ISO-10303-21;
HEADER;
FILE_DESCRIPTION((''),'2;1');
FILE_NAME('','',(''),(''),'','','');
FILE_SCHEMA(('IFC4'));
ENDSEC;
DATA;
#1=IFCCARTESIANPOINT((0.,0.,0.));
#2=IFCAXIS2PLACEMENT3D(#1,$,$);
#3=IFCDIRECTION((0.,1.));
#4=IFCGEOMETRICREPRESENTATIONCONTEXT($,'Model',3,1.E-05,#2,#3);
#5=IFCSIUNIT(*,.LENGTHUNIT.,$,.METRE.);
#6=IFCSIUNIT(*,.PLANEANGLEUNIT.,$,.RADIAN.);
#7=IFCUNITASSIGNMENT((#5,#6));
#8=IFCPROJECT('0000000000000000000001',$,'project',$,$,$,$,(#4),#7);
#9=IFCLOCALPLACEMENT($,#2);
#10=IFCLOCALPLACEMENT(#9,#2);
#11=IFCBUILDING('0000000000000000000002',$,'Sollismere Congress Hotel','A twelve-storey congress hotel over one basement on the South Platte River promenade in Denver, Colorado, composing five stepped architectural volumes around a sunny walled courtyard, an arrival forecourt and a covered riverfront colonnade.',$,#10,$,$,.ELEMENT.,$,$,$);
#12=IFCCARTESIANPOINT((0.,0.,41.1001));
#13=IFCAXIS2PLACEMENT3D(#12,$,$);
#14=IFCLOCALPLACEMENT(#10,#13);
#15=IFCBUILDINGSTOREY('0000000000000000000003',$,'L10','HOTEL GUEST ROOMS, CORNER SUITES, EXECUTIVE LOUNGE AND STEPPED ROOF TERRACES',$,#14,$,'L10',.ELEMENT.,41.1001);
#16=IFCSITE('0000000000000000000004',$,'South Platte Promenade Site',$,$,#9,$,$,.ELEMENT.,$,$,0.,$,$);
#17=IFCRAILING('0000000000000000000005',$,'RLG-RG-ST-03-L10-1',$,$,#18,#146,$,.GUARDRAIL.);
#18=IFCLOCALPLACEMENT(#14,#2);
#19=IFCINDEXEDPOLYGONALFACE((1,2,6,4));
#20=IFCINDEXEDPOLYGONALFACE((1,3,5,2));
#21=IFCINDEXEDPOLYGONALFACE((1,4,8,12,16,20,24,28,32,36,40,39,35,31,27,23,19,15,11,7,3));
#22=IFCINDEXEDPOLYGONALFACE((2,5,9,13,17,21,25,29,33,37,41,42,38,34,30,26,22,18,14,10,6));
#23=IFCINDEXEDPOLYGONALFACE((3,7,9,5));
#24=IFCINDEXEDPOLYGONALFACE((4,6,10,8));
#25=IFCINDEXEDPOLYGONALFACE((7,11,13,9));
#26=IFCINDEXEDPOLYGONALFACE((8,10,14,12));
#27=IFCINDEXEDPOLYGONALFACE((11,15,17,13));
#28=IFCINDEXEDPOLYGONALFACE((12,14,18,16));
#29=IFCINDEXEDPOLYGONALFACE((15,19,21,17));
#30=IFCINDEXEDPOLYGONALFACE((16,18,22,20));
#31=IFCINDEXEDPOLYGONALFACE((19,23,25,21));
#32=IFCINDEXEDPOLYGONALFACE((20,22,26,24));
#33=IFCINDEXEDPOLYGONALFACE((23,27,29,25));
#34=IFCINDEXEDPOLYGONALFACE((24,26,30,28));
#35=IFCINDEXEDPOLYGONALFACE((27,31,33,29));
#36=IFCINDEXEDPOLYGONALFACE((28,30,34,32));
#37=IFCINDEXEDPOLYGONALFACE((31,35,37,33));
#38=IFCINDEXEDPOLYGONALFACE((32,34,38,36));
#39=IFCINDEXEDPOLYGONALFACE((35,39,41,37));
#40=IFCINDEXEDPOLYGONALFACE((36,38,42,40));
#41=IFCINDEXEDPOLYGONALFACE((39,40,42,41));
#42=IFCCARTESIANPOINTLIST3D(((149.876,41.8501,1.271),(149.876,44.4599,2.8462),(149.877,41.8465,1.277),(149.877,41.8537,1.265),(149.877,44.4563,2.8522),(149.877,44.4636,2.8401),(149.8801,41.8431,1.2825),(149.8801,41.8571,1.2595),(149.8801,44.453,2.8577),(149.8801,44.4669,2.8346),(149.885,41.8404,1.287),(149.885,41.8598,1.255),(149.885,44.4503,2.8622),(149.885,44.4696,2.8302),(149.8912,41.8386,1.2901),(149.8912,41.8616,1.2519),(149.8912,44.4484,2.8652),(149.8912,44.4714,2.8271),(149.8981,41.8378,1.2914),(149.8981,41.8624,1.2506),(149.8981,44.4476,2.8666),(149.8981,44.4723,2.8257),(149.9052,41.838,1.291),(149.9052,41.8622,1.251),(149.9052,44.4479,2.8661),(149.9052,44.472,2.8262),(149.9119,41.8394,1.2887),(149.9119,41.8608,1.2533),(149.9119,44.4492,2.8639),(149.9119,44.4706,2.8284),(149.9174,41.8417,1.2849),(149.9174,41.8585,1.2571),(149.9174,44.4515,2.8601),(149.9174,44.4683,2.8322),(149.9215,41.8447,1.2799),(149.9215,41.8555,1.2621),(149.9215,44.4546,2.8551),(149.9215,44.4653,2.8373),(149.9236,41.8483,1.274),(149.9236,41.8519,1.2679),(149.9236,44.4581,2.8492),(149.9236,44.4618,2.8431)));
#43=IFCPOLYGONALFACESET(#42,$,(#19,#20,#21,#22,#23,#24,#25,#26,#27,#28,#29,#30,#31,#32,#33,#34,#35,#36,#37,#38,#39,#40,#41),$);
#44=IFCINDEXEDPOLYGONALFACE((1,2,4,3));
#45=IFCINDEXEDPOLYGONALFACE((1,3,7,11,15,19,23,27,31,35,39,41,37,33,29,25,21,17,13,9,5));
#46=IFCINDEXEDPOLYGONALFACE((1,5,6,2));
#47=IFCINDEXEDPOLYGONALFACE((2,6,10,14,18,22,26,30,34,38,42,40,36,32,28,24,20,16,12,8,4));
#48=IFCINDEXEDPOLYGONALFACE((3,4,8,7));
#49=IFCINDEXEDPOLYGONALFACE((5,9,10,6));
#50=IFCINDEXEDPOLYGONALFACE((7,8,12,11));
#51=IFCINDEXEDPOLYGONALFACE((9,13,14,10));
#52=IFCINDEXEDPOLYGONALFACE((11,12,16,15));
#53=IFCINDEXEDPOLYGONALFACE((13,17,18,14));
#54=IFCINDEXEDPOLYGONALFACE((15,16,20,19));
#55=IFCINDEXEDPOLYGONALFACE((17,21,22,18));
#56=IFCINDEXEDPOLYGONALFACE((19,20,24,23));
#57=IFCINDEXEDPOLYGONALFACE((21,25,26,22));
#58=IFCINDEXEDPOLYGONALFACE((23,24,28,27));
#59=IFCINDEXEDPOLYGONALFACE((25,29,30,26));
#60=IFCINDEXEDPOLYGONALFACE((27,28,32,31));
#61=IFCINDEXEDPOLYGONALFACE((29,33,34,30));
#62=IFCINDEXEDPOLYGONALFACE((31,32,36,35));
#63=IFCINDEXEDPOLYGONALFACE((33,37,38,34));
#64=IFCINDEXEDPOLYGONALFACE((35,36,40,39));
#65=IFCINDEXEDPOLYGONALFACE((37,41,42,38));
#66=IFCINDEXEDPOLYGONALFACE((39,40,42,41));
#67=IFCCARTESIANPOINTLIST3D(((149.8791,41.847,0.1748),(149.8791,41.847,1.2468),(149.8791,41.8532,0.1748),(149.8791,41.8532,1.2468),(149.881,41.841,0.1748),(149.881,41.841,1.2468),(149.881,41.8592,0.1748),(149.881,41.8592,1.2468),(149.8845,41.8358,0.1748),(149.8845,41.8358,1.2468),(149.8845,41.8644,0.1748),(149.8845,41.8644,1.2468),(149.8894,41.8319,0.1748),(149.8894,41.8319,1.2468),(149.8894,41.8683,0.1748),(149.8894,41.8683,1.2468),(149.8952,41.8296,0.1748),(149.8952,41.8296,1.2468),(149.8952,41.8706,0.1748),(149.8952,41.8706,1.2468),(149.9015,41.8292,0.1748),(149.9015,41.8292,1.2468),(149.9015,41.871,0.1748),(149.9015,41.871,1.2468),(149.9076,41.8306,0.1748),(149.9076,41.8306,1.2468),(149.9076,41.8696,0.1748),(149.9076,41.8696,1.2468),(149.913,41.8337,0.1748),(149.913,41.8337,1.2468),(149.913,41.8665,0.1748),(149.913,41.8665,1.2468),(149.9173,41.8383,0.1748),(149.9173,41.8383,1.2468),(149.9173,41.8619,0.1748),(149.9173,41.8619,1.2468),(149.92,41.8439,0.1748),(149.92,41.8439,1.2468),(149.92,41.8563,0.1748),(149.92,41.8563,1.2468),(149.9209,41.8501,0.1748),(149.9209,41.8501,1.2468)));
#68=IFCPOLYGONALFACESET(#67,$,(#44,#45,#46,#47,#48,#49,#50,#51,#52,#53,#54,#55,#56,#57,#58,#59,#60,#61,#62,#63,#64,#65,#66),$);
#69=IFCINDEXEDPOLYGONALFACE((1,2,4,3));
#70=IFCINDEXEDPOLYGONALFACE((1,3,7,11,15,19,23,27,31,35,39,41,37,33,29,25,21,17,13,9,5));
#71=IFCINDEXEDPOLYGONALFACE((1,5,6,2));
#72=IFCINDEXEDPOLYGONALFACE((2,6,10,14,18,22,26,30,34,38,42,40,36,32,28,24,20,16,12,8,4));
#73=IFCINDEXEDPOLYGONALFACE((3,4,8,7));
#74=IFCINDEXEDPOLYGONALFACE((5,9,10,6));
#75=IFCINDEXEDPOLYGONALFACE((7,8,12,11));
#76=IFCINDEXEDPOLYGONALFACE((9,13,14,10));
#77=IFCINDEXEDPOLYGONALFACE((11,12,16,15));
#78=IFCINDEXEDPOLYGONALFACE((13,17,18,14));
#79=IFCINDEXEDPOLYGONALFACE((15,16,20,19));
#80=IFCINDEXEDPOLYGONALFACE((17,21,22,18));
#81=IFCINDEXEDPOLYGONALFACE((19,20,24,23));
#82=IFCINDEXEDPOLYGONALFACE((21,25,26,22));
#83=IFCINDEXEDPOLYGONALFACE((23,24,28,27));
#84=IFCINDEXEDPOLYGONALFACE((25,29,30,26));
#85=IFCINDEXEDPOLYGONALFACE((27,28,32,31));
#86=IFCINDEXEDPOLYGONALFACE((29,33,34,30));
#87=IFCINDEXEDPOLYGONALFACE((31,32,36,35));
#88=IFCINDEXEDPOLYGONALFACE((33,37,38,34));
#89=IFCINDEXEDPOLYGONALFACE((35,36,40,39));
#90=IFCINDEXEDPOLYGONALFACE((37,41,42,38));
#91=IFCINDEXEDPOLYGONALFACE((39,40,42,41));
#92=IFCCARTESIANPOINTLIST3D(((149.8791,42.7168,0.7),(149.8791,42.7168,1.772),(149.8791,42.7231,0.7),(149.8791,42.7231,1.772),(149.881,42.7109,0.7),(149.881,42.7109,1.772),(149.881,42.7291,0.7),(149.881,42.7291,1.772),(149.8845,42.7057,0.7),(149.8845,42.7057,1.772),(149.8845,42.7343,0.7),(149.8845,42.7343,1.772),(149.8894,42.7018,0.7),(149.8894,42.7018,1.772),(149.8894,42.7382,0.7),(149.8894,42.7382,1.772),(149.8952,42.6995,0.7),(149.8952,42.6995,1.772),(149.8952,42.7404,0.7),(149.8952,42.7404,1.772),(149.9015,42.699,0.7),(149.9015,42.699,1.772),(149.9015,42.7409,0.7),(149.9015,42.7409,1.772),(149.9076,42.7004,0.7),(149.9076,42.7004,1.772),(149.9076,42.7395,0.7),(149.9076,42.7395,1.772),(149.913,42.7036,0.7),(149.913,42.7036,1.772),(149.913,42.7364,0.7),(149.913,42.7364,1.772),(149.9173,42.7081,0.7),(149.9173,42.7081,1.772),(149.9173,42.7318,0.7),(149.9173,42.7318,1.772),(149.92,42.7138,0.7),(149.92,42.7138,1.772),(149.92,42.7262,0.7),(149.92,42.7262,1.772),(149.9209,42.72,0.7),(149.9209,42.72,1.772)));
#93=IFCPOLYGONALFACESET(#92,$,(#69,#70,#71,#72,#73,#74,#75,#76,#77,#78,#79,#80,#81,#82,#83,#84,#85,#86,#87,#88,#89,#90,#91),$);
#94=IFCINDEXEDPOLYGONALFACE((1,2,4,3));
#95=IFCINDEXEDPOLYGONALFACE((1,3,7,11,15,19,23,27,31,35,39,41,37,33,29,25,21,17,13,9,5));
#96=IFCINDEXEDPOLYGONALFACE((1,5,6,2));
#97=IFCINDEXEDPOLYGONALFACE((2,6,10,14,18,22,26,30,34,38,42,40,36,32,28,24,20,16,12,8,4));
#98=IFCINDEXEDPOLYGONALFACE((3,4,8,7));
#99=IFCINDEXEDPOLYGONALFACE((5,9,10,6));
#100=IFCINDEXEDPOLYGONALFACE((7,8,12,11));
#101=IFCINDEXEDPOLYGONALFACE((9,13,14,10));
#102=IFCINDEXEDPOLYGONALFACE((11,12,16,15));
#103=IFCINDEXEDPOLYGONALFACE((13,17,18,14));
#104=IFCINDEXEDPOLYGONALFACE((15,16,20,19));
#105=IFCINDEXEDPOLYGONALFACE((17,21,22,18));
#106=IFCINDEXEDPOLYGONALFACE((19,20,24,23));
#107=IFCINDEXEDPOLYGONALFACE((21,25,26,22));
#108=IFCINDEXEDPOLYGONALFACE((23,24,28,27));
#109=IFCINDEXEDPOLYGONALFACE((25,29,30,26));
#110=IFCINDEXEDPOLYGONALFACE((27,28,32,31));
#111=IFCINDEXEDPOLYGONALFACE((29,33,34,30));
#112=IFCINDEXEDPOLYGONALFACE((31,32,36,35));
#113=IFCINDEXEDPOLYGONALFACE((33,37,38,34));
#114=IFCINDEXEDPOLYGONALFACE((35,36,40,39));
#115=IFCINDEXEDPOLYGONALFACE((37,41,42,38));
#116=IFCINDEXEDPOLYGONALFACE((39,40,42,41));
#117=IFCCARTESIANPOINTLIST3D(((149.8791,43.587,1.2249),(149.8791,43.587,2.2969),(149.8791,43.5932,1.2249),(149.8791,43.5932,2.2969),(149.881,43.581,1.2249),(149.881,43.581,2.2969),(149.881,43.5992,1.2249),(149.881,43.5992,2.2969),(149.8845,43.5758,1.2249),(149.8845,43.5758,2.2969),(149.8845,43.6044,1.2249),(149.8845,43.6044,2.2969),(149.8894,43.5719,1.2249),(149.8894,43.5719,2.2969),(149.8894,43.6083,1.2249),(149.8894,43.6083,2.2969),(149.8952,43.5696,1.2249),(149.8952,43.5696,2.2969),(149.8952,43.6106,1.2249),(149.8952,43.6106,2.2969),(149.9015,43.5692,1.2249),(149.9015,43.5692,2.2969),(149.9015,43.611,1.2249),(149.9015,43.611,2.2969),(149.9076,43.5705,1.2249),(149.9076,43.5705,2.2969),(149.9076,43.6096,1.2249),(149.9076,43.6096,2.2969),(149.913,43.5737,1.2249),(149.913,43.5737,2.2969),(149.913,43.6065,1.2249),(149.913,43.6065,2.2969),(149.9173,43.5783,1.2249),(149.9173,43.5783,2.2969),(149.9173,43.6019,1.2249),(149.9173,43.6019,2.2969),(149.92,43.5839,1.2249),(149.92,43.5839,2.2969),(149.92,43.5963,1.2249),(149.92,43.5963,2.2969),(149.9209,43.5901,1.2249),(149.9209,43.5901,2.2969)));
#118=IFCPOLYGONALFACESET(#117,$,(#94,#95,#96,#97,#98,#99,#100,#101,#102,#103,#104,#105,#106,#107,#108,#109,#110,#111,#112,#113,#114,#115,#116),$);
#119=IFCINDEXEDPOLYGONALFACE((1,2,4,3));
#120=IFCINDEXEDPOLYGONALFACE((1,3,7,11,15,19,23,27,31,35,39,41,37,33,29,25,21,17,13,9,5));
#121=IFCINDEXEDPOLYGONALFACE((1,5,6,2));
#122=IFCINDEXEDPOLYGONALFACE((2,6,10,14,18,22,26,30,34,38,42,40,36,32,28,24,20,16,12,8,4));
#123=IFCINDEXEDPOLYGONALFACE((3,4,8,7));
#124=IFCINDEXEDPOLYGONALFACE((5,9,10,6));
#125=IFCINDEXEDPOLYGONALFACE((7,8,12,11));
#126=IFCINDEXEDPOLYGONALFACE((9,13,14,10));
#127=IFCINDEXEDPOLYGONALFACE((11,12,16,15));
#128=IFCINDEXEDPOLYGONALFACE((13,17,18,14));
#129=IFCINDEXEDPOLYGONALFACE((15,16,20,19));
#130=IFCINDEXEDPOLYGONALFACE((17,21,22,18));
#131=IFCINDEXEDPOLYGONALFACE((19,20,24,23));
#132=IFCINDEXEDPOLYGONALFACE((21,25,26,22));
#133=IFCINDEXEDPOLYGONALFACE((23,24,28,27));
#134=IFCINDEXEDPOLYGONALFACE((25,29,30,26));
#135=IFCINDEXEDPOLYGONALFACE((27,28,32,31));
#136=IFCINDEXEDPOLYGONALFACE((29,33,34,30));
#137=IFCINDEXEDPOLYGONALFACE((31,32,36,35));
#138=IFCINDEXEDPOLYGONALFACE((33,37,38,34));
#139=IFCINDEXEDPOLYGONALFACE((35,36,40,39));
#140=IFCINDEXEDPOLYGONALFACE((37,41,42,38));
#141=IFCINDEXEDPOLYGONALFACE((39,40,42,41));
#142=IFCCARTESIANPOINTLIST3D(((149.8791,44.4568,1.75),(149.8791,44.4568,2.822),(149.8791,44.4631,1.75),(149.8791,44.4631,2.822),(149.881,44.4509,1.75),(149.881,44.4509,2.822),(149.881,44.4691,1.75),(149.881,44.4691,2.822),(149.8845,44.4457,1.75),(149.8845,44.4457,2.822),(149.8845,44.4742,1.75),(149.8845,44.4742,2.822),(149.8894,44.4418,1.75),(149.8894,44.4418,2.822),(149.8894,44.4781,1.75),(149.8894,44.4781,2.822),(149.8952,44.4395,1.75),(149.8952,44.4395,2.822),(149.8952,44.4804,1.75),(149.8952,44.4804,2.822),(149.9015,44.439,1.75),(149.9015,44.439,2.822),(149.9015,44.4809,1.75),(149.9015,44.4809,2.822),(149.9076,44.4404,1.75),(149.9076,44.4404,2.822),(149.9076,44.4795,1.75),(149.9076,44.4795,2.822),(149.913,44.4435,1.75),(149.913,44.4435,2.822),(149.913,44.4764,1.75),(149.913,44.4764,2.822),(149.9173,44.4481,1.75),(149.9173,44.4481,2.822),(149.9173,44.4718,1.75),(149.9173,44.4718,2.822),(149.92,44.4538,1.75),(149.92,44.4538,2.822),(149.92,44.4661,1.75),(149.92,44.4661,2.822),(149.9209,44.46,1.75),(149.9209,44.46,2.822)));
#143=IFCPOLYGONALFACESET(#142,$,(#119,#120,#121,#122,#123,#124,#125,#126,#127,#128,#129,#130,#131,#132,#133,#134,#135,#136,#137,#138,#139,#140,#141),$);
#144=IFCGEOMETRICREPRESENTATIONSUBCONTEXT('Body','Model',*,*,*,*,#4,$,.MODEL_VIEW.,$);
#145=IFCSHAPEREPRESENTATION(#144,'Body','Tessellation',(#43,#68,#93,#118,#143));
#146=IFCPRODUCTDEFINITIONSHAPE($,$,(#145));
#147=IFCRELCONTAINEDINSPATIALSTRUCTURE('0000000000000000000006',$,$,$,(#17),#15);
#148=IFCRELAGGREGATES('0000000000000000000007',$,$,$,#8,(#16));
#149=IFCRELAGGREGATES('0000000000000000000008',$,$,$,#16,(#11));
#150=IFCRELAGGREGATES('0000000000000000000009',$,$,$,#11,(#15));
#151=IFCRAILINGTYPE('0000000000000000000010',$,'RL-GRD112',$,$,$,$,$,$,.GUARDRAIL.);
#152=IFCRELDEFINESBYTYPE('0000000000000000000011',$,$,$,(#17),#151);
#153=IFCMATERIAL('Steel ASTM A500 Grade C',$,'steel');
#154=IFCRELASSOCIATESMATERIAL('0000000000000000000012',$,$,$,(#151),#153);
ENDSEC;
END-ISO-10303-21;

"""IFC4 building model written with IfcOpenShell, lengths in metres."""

from ifc_helpers import new_model, si_unit, direction, frame, origin, origin_2d, place, context, subcontext, project, spatial, circle, extrude, material, type_object, element, save


model = new_model("IFC4")

# Units and contexts
model_context = context("Model", 3, precision=1e-05, world=origin(), true_north=direction((0.0, 1.0)))
body_context = subcontext(model_context, "Body", "Model", "MODEL_VIEW")
ifc_project = project(units=[si_unit("LENGTHUNIT", "METRE"), si_unit("PLANEANGLEUNIT", "RADIAN")], contexts=[model_context])

# Site, building, storey
site_placement = place(None, origin())
site = spatial("IfcSite", under=ifc_project, at=site_placement, Name="South Platte Promenade Site", CompositionType="ELEMENT", RefElevation=0.0)
building_placement = place(site_placement, origin())
building = spatial("IfcBuilding", under=site, at=building_placement, Name="Sollismere Congress Hotel", Description="A twelve-storey congress hotel over one basement on the South Platte River promenade in Denver, Colorado, composing five stepped architectural volumes around a sunny walled courtyard, an arrival forecourt and a covered riverfront colonnade.", CompositionType="ELEMENT")
storey_placement = place(building_placement, frame((0.0, 0.0, 41.1001)))
storey = spatial("IfcBuildingStorey", under=building, at=storey_placement, Name="L10", Description="HOTEL GUEST ROOMS, CORNER SUITES, EXECUTIVE LOUNGE AND STEPPED ROOF TERRACES", LongName="L10", CompositionType="ELEMENT", Elevation=41.1001)

# Railing
ifc_material_1 = material(Name="Steel ASTM A500 Grade C", Category="steel")
railing_type_1 = type_object("IfcRailingType", Name="RL-GRD112", PredefinedType="GUARDRAIL", material=ifc_material_1)
railing_1_placement = place(storey_placement, frame((149.8999, 41.8501, 0.1748)))
element("IfcRailing", 1, at=railing_1_placement, inside=storey, type_object=railing_type_1, Name="RLG-RG-ST-03-L10-1", PredefinedType="GUARDRAIL", context=body_context, shape_type="SweptSolid", body=[
    extrude(circle(Radius=0.0239, at=origin_2d()), frame((0.0, 0.0, 1.0962), z_axis=(0.0, 0.856147, 0.516732), x_axis=(-1.0, 0.0, 0.0)), (0.0, 0.0, 1.0), 3.0483),
    extrude(circle(Radius=0.021, at=origin_2d()), origin(), (0.0, 0.0, 1.0), 1.072),
    extrude(circle(Radius=0.021, at=origin_2d()), frame((0.0, 0.8699, 0.5251)), (0.0, 0.0, 1.0), 1.072),
    extrude(circle(Radius=0.021, at=origin_2d()), frame((0.0, 1.74, 1.05)), (0.0, 0.0, 1.0), 1.072),
    extrude(circle(Radius=0.021, at=origin_2d()), frame((0.0, 2.6099, 1.5752)), (0.0, 0.0, 1.0), 1.072),
])

save(model, "model.ifc")
